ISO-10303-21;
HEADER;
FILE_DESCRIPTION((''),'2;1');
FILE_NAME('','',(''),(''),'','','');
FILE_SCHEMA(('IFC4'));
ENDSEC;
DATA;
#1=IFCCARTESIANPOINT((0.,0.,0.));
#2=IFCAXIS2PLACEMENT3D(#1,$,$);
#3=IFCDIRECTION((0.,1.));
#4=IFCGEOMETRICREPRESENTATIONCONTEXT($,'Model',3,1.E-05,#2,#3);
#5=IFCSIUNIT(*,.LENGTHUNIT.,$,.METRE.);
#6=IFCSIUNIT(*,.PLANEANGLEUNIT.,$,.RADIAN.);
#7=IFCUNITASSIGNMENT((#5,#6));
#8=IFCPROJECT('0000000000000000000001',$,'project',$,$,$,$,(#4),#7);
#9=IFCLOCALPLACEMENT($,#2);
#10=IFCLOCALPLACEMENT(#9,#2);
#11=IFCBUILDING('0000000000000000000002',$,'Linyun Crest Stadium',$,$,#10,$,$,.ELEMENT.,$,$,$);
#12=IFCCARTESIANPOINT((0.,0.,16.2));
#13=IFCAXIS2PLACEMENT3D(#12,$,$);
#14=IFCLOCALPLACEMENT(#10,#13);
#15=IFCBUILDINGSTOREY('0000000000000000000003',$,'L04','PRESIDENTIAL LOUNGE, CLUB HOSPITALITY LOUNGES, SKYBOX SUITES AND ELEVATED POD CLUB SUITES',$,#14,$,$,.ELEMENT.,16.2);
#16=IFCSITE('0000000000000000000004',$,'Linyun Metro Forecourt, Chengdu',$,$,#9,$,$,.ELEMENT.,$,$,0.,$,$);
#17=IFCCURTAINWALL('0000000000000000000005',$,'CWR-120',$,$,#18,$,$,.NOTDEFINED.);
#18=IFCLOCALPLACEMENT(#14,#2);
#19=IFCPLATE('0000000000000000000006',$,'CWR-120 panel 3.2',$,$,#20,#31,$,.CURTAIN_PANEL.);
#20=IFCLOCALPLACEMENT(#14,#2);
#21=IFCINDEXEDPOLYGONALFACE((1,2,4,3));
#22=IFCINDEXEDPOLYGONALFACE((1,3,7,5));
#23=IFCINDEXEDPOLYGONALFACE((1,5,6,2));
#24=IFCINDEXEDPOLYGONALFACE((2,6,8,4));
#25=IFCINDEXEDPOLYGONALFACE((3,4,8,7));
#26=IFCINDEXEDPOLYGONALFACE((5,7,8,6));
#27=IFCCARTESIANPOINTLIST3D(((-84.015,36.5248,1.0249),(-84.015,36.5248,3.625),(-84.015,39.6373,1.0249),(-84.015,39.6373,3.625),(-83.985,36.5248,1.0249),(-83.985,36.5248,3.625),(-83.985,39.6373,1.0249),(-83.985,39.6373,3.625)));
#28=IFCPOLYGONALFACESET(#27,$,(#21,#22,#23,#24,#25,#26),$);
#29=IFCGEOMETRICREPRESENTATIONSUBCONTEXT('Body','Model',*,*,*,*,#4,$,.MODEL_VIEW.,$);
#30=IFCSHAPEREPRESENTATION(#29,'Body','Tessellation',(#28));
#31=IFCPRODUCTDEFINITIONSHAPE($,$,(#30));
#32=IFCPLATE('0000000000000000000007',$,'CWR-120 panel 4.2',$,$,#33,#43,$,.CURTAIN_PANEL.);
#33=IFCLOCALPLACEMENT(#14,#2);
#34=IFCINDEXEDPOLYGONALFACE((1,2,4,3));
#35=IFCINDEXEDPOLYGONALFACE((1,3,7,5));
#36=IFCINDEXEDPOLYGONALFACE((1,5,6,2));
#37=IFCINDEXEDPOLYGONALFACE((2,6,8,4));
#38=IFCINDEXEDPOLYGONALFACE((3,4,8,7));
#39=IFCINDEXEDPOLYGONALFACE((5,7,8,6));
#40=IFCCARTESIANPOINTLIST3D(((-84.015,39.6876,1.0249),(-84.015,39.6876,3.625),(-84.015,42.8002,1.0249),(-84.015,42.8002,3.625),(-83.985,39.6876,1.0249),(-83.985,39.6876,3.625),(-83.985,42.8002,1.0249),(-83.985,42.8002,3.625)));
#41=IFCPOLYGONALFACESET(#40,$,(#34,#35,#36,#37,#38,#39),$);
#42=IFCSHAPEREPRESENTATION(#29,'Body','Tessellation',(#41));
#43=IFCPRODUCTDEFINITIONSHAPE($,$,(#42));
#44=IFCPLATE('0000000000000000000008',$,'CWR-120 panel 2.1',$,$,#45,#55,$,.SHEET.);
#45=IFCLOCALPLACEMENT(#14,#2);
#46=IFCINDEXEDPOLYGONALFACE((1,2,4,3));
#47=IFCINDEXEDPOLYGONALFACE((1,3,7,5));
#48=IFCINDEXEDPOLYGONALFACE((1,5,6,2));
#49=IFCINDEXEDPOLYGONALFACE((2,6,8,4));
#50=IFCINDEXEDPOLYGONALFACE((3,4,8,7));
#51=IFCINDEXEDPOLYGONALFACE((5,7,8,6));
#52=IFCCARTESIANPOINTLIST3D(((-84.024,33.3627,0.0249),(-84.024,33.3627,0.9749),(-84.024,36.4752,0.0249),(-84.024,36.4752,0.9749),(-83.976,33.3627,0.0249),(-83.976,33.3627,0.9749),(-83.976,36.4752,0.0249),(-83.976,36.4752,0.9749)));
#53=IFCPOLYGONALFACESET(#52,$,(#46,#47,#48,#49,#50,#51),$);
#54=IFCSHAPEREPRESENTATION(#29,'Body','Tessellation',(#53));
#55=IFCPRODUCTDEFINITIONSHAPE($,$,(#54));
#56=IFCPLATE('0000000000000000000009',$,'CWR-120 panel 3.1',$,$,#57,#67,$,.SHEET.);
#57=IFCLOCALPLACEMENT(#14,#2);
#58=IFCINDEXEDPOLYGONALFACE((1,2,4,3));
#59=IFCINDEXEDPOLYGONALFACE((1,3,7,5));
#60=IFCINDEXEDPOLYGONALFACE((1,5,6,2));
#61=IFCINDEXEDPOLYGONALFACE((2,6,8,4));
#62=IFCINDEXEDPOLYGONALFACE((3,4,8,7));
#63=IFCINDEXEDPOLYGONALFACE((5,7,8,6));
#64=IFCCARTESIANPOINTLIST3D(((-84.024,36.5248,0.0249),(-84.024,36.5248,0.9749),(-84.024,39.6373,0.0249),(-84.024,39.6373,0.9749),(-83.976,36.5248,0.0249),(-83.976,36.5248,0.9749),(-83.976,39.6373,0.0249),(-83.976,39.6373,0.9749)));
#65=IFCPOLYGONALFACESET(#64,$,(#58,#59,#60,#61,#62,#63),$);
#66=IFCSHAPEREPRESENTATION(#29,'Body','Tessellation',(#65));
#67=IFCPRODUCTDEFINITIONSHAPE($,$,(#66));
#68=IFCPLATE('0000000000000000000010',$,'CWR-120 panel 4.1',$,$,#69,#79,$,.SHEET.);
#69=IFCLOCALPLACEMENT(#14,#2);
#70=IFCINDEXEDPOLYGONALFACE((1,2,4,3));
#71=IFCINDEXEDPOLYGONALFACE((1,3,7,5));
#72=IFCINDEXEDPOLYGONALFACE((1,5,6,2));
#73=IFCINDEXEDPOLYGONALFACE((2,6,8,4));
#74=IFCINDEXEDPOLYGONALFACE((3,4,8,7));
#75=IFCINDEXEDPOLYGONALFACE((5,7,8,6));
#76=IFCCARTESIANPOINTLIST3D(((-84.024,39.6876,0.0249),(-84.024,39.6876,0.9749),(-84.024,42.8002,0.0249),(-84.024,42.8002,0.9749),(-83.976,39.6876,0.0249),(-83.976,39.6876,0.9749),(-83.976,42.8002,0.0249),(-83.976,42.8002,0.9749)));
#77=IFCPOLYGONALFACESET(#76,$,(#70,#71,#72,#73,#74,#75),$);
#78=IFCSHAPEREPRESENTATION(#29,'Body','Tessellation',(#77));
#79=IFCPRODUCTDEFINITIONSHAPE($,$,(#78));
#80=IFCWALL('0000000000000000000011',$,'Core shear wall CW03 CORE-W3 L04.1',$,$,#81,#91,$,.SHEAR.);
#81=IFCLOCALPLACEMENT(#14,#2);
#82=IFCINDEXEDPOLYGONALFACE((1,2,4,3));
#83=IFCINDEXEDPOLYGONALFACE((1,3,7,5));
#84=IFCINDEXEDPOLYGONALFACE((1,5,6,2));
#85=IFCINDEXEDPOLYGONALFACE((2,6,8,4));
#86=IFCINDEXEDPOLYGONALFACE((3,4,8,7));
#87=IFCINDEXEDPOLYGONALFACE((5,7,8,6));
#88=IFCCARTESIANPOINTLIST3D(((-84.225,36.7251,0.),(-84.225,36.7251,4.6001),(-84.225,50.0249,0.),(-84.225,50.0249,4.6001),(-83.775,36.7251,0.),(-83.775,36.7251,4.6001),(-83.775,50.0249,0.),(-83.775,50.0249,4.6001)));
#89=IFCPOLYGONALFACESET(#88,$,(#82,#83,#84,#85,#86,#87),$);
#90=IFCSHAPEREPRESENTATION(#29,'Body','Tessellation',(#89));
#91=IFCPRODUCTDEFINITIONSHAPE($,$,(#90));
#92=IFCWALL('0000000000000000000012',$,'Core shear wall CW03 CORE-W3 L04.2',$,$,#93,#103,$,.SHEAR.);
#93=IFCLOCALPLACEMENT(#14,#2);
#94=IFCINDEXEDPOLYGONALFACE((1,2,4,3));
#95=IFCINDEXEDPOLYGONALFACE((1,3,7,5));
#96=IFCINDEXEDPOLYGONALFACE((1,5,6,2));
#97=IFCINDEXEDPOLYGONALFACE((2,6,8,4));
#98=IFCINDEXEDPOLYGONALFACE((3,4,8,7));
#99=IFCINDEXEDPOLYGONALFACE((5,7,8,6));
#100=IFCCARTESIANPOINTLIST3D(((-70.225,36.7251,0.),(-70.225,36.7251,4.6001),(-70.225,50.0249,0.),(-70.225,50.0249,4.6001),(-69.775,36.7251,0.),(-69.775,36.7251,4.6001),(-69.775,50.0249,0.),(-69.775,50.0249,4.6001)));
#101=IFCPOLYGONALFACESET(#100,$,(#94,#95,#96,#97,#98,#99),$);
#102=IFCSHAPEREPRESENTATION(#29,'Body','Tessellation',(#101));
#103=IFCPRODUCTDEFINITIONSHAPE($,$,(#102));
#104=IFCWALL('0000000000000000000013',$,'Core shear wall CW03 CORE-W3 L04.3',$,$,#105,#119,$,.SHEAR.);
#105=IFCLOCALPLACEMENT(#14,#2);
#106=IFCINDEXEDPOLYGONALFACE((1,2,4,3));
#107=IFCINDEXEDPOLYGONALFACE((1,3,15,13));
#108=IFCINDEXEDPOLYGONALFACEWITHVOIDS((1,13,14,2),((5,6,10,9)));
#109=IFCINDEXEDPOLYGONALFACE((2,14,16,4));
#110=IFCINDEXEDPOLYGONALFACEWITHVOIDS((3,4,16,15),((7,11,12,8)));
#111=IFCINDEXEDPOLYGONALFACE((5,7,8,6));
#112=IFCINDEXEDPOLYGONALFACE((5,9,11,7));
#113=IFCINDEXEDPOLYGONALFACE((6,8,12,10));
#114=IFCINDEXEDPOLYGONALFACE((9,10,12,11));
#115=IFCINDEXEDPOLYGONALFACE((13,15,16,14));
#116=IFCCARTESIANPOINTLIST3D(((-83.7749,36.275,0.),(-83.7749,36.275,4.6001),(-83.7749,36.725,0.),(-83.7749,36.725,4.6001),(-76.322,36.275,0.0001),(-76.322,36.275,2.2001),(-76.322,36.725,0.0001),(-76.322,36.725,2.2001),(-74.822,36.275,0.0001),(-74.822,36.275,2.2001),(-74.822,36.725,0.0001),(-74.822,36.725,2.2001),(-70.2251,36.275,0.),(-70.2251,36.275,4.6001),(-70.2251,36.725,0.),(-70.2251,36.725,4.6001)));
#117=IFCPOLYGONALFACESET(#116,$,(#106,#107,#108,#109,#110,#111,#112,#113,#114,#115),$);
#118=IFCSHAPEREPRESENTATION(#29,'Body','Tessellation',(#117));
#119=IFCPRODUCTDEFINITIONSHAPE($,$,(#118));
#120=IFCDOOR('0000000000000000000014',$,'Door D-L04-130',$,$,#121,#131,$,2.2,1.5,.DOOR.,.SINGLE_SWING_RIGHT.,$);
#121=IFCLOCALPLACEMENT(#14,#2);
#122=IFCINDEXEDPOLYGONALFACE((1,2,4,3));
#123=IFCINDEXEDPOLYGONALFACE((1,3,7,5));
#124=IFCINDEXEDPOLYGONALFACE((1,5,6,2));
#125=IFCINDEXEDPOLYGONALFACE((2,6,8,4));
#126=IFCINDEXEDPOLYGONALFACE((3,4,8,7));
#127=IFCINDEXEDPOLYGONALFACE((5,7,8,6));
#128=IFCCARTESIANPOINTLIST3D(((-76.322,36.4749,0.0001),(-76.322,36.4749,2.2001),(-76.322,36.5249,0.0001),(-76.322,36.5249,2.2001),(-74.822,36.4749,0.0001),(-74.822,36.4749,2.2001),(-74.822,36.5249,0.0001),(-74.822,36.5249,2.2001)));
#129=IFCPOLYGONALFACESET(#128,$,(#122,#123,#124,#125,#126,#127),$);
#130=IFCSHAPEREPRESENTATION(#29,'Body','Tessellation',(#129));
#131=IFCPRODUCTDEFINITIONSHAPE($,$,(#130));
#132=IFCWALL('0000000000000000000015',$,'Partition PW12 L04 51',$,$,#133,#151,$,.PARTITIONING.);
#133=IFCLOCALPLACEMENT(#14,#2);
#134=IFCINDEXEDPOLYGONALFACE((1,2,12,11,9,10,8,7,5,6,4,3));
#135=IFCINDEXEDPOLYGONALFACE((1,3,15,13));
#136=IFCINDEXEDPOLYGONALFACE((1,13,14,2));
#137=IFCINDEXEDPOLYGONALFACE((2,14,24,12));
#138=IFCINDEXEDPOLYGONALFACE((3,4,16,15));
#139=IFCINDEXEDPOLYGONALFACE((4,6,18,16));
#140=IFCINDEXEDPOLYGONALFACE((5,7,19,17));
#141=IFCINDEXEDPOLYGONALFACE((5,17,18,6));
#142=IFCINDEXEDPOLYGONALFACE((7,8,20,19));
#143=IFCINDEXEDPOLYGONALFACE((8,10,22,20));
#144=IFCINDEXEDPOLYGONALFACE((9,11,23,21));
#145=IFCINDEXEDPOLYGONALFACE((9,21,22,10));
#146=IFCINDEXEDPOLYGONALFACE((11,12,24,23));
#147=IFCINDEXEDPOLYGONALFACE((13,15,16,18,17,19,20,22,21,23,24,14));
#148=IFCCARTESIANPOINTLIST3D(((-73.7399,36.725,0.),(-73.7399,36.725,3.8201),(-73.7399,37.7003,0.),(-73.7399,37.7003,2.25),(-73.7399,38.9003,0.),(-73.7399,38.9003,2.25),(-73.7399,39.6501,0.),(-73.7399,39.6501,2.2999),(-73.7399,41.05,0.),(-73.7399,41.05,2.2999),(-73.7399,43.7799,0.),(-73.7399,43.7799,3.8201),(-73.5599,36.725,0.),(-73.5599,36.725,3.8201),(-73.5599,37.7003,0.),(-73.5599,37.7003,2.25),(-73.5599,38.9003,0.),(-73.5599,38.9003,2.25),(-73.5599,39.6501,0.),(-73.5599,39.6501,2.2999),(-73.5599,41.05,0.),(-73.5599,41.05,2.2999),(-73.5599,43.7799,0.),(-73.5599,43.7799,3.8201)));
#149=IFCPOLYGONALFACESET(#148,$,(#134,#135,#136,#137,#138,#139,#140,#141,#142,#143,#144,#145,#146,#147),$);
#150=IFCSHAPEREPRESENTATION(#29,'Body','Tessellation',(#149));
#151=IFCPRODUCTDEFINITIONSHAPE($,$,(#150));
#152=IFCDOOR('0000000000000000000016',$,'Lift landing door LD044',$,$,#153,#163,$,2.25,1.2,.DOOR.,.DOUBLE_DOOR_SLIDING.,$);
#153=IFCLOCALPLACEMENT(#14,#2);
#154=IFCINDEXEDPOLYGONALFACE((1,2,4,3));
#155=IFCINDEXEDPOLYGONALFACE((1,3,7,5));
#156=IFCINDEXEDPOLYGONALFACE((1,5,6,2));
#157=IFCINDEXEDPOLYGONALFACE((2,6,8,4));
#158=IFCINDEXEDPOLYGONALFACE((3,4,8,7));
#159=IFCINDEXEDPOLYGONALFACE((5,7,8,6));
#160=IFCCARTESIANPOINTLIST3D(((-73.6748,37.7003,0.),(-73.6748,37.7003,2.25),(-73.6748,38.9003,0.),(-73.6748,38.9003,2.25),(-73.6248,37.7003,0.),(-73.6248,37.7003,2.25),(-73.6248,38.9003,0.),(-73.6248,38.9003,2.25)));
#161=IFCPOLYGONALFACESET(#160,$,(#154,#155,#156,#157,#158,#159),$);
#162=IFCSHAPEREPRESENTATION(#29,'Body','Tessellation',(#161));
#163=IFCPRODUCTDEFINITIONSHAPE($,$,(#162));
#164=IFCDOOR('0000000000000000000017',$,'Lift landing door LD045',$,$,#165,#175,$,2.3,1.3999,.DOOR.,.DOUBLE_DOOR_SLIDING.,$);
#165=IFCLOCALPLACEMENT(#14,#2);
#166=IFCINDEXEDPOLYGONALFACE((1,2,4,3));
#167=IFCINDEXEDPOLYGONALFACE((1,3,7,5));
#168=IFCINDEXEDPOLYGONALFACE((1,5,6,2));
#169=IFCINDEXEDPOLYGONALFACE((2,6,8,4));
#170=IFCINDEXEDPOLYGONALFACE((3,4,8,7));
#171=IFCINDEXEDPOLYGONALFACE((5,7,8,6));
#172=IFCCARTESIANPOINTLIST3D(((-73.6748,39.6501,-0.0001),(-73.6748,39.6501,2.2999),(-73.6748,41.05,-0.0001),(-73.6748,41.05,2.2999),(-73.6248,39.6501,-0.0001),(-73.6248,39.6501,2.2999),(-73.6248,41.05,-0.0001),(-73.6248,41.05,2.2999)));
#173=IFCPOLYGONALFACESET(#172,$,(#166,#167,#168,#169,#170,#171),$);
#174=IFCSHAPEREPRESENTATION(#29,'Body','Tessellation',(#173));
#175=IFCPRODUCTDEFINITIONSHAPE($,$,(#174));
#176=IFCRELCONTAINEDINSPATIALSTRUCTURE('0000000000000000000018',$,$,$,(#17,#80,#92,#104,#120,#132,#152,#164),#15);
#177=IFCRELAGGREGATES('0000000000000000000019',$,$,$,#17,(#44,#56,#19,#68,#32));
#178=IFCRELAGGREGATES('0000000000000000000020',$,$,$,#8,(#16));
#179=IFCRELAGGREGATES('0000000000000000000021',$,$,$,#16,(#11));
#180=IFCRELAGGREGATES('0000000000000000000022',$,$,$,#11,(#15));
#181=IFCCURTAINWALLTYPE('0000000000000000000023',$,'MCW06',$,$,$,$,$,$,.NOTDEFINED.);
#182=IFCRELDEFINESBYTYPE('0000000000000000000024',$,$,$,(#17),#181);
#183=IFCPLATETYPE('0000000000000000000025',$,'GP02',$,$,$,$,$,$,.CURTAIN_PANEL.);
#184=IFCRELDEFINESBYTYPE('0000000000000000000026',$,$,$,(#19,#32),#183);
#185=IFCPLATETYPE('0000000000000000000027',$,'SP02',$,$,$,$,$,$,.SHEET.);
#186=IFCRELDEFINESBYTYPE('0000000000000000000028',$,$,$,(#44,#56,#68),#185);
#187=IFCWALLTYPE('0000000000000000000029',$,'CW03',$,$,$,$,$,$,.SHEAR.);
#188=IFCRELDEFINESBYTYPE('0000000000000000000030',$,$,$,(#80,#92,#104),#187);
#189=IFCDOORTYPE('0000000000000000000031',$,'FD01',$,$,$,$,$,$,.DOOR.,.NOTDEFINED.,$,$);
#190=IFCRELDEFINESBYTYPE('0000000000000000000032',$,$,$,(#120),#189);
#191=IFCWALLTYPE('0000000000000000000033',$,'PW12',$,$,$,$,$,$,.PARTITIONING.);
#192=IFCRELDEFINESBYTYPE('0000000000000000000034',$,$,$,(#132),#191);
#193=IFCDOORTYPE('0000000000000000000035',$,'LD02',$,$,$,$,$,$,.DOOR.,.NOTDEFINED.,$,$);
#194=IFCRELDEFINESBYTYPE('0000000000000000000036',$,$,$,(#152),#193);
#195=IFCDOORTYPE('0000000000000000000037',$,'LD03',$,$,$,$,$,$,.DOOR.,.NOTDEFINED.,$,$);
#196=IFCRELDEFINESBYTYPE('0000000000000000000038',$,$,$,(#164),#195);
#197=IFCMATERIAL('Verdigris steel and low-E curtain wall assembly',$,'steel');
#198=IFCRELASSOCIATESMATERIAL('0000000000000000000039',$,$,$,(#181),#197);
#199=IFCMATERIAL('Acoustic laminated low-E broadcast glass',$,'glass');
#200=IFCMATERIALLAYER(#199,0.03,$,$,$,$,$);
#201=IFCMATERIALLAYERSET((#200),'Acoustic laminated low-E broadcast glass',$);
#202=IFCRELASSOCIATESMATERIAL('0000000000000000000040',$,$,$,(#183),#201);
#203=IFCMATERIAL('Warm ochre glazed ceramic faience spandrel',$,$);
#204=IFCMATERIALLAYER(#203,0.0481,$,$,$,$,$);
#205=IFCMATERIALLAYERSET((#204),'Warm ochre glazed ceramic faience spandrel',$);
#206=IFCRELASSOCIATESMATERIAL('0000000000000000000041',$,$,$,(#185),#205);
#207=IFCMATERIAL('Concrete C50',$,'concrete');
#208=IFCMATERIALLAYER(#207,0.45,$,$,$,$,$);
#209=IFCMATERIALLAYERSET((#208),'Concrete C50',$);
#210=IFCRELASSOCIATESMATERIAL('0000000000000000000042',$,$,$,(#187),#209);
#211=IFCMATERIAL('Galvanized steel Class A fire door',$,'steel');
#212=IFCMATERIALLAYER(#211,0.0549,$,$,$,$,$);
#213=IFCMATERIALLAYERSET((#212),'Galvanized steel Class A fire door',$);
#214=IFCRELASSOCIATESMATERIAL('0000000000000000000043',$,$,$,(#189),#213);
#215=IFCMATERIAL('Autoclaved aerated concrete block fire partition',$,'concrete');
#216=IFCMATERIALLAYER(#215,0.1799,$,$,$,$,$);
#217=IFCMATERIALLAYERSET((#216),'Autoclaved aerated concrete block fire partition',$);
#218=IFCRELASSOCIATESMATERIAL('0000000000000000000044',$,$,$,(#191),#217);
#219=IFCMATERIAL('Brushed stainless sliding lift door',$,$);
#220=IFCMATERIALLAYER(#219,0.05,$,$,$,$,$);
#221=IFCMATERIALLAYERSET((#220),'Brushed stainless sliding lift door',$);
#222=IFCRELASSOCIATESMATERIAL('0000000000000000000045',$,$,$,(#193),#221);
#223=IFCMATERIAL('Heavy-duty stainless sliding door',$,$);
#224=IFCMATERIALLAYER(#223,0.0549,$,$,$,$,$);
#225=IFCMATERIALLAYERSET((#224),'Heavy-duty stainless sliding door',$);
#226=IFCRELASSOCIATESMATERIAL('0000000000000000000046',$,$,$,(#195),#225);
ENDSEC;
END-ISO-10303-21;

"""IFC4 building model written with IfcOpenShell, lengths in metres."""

from ifc_helpers import new_model, si_unit, direction, frame, frame_2d, origin, origin_2d, place, context, subcontext, project, spatial, rectangle, extrude, material, layer, layer_set, type_object, element, fill, aggregate, save


model = new_model("IFC4")

# Units and contexts
model_context = context("Model", 3, precision=1e-05, world=origin(), true_north=direction((0.0, 1.0)))
body_context = subcontext(model_context, "Body", "Model", "MODEL_VIEW")
ifc_project = project(units=[si_unit("LENGTHUNIT", "METRE"), si_unit("PLANEANGLEUNIT", "RADIAN")], contexts=[model_context])

# Site, building, storey
site_placement = place(None, origin())
site = spatial("IfcSite", under=ifc_project, at=site_placement, Name="Linyun Metro Forecourt, Chengdu", CompositionType="ELEMENT", RefElevation=0.0)
building_placement = place(site_placement, origin())
building = spatial("IfcBuilding", under=site, at=building_placement, Name="Linyun Crest Stadium", CompositionType="ELEMENT")
storey_placement = place(building_placement, frame((0.0, 0.0, 16.2)))
storey = spatial("IfcBuildingStorey", under=building, at=storey_placement, Name="L04", Description="PRESIDENTIAL LOUNGE, CLUB HOSPITALITY LOUNGES, SKYBOX SUITES AND ELEVATED POD CLUB SUITES", CompositionType="ELEMENT", Elevation=16.2)

# Curtain wall, plates
ifc_material_1 = material(Name="Verdigris steel and low-E curtain wall assembly", Category="steel")
curtain_wall_type = type_object("IfcCurtainWallType", Name="MCW06", PredefinedType="NOTDEFINED", material=ifc_material_1)
curtain_wall_placement = place(storey_placement, origin())
curtain_wall = element("IfcCurtainWall", 1, at=curtain_wall_placement, inside=storey, type_object=curtain_wall_type, Name="CWR-120", PredefinedType="NOTDEFINED")
ifc_material_2 = material(Name="Acoustic laminated low-E broadcast glass", Category="glass")
ifc_layer_1 = layer(ifc_material_2, 0.03)
ifc_layer_set_1 = layer_set([ifc_layer_1], Name="Acoustic laminated low-E broadcast glass")
plate_type_1 = type_object("IfcPlateType", Name="GP02", PredefinedType="CURTAIN_PANEL", material=ifc_layer_set_1)
plate_1_placement = place(storey_placement, frame((-84.0, 38.0811, 1.0249), z_axis=(0.0, 0.0, 1.0), x_axis=(0.0, 1.0, 0.0)))
plate_1 = element("IfcPlate", 2, at=plate_1_placement, type_object=plate_type_1, Name="CWR-120 panel 3.2", PredefinedType="CURTAIN_PANEL", context=body_context, shape_type="SweptSolid", body=[
    extrude(rectangle(XDim=3.1125, YDim=0.03, at=origin_2d()), origin(), (0.0, 0.0, 1.0), 2.6001),
])
plate_2_placement = place(storey_placement, frame((-84.0, 41.2439, 1.0249), z_axis=(0.0, 0.0, 1.0), x_axis=(0.0, 1.0, 0.0)))
plate_2 = element("IfcPlate", 3, at=plate_2_placement, type_object=plate_type_1, Name="CWR-120 panel 4.2", PredefinedType="CURTAIN_PANEL", context=body_context, shape_type="SweptSolid", body=[
    extrude(rectangle(XDim=3.1125, YDim=0.03, at=origin_2d()), origin(), (0.0, 0.0, 1.0), 2.6001),
])
ifc_material_3 = material(Name="Warm ochre glazed ceramic faience spandrel")
ifc_layer_2 = layer(ifc_material_3, 0.0481)
ifc_layer_set_2 = layer_set([ifc_layer_2], Name="Warm ochre glazed ceramic faience spandrel")
plate_type_2 = type_object("IfcPlateType", Name="SP02", PredefinedType="SHEET", material=ifc_layer_set_2)
plate_3_placement = place(storey_placement, frame((-84.0, 34.9189, 0.0249), z_axis=(0.0, 0.0, 1.0), x_axis=(0.0, 1.0, 0.0)))
plate_3 = element("IfcPlate", 4, at=plate_3_placement, type_object=plate_type_2, Name="CWR-120 panel 2.1", PredefinedType="SHEET", context=body_context, shape_type="SweptSolid", body=[
    extrude(rectangle(XDim=3.1125, YDim=0.0481, at=origin_2d()), origin(), (0.0, 0.0, 1.0), 0.95),
])
plate_4_placement = place(storey_placement, frame((-84.0, 38.0811, 0.0249), z_axis=(0.0, 0.0, 1.0), x_axis=(0.0, 1.0, 0.0)))
plate_4 = element("IfcPlate", 5, at=plate_4_placement, type_object=plate_type_2, Name="CWR-120 panel 3.1", PredefinedType="SHEET", context=body_context, shape_type="SweptSolid", body=[
    extrude(rectangle(XDim=3.1125, YDim=0.0481, at=origin_2d()), origin(), (0.0, 0.0, 1.0), 0.95),
])
plate_5_placement = place(storey_placement, frame((-84.0, 41.2439, 0.0249), z_axis=(0.0, 0.0, 1.0), x_axis=(0.0, 1.0, 0.0)))
plate_5 = element("IfcPlate", 6, at=plate_5_placement, type_object=plate_type_2, Name="CWR-120 panel 4.1", PredefinedType="SHEET", context=body_context, shape_type="SweptSolid", body=[
    extrude(rectangle(XDim=3.1125, YDim=0.0481, at=origin_2d()), origin(), (0.0, 0.0, 1.0), 0.95),
])
aggregate(curtain_wall, [plate_3, plate_4, plate_1, plate_5, plate_2])

# Walls
ifc_material_4 = material(Name="Concrete C50", Category="concrete")
ifc_layer_3 = layer(ifc_material_4, 0.45)
ifc_layer_set_3 = layer_set([ifc_layer_3], Name="Concrete C50")
wall_type_1 = type_object("IfcWallType", Name="CW03", PredefinedType="SHEAR", material=ifc_layer_set_3)
for number, where, z_axis, x_axis, name in (
    (7, (-84.0, 36.7251, 0.0), (0.0, 0.0, 1.0), (0.0, 1.0, 0.0), "Core shear wall CW03 CORE-W3 L04.1"),
    (8, (-70.0, 36.7251, 0.0), (0.0, 0.0, 1.0), (0.0, 1.0, 0.0), "Core shear wall CW03 CORE-W3 L04.2"),
):
    element("IfcWall", number, at=place(storey_placement, frame(where, z_axis=z_axis, x_axis=x_axis)), inside=storey, type_object=wall_type_1, Name=name, PredefinedType="SHEAR", context=body_context, shape_type="SweptSolid", body=[
        extrude(rectangle(XDim=13.2998, YDim=0.45, at=frame_2d((6.6499, 0.0))), origin(), (0.0, 0.0, 1.0), 4.6001),
    ])

# Wall, opening, door
wall_1_placement = place(storey_placement, frame((-83.7749, 36.5, 0.0), z_axis=(0.0, 0.0, 1.0), x_axis=(1.0, 0.0, 0.0)))
wall_1 = element("IfcWall", 9, at=wall_1_placement, inside=storey, type_object=wall_type_1, Name="Core shear wall CW03 CORE-W3 L04.3", PredefinedType="SHEAR", context=body_context, shape_type="SweptSolid", body=[
    extrude(rectangle(XDim=13.5498, YDim=0.45, at=frame_2d((6.7749, 0.0))), origin(), (0.0, 0.0, 1.0), 4.6001),
])
opening_1_placement = place(wall_1_placement, frame((7.4529, 0.0, 0.0)))
opening_1 = element("IfcOpeningElement", 10, at=opening_1_placement, cuts=wall_1, PredefinedType="OPENING", context=body_context, shape_type="SweptSolid", body=[
    extrude(rectangle(XDim=1.5, YDim=2.2, at=frame_2d((0.75, 1.1001))), frame((0.0, 0.2349, 0.0), z_axis=(0.0, -1.0, 0.0), x_axis=(1.0, 0.0, 0.0)), (0.0, 0.0, 1.0), 0.47),
])
ifc_material_5 = material(Name="Galvanized steel Class A fire door", Category="steel")
ifc_layer_4 = layer(ifc_material_5, 0.0549)
ifc_layer_set_4 = layer_set([ifc_layer_4], Name="Galvanized steel Class A fire door")
door_type_1 = type_object("IfcDoorType", Name="FD01", OperationType="NOTDEFINED", PredefinedType="DOOR", material=ifc_layer_set_4)
door_1_placement = place(opening_1_placement, origin())
door_1 = element("IfcDoor", 11, at=door_1_placement, inside=storey, type_object=door_type_1, Name="Door D-L04-130", OperationType="SINGLE_SWING_RIGHT", OverallHeight=2.2, OverallWidth=1.5, PredefinedType="DOOR", context=body_context, shape_type="SweptSolid", body=[
    extrude(rectangle(XDim=1.5, YDim=2.2, at=frame_2d((0.75, 1.1001))), frame((0.0, 0.0249, 0.0), z_axis=(0.0, -1.0, 0.0), x_axis=(1.0, 0.0, 0.0)), (0.0, 0.0, 1.0), 0.05),
])
fill(opening_1, door_1)

# Wall, openings, doors
ifc_material_6 = material(Name="Autoclaved aerated concrete block fire partition", Category="concrete")
ifc_layer_5 = layer(ifc_material_6, 0.1799)
ifc_layer_set_5 = layer_set([ifc_layer_5], Name="Autoclaved aerated concrete block fire partition")
wall_type_2 = type_object("IfcWallType", Name="PW12", PredefinedType="PARTITIONING", material=ifc_layer_set_5)
wall_2_placement = place(storey_placement, frame((-73.6499, 36.7251, 0.0), z_axis=(0.0, 0.0, 1.0), x_axis=(0.0, 1.0, 0.0)))
wall_2 = element("IfcWall", 12, at=wall_2_placement, inside=storey, type_object=wall_type_2, Name="Partition PW12 L04 51", PredefinedType="PARTITIONING", context=body_context, shape_type="SweptSolid", body=[
    extrude(rectangle(XDim=7.0549, YDim=0.1799, at=frame_2d((3.5273, 0.0))), origin(), (0.0, 0.0, 1.0), 3.8201),
])
opening_2_placement = place(wall_2_placement, frame((0.9751, 0.0, 0.0)))
opening_2 = element("IfcOpeningElement", 13, at=opening_2_placement, cuts=wall_2, PredefinedType="OPENING", context=body_context, shape_type="SweptSolid", body=[
    extrude(rectangle(XDim=1.2, YDim=2.25, at=frame_2d((0.6001, 1.125))), frame((0.0, 0.0999, 0.0), z_axis=(0.0, -1.0, 0.0), x_axis=(1.0, 0.0, 0.0)), (0.0, 0.0, 1.0), 0.2),
])
opening_3_placement = place(wall_2_placement, frame((2.925, 0.0, 0.0)))
opening_3 = element("IfcOpeningElement", 14, at=opening_3_placement, cuts=wall_2, PredefinedType="OPENING", context=body_context, shape_type="SweptSolid", body=[
    extrude(rectangle(XDim=1.3999, YDim=2.3, at=frame_2d((0.7, 1.1499))), frame((0.0, 0.0999, 0.0), z_axis=(0.0, -1.0, 0.0), x_axis=(1.0, 0.0, 0.0)), (0.0, 0.0, 1.0), 0.2),
])
ifc_material_7 = material(Name="Brushed stainless sliding lift door")
ifc_layer_6 = layer(ifc_material_7, 0.05)
ifc_layer_set_6 = layer_set([ifc_layer_6], Name="Brushed stainless sliding lift door")
door_type_2 = type_object("IfcDoorType", Name="LD02", OperationType="NOTDEFINED", PredefinedType="DOOR", material=ifc_layer_set_6)
door_2_placement = place(opening_2_placement, origin())
door_2 = element("IfcDoor", 15, at=door_2_placement, inside=storey, type_object=door_type_2, Name="Lift landing door LD044", OperationType="DOUBLE_DOOR_SLIDING", OverallHeight=2.25, OverallWidth=1.2, PredefinedType="DOOR", context=body_context, shape_type="SweptSolid", body=[
    extrude(rectangle(XDim=1.2, YDim=2.25, at=frame_2d((0.6001, 1.125))), frame((0.0, 0.0249, 0.0), z_axis=(0.0, -1.0, 0.0), x_axis=(1.0, 0.0, 0.0)), (0.0, 0.0, 1.0), 0.05),
])
fill(opening_2, door_2)
ifc_material_8 = material(Name="Heavy-duty stainless sliding door")
ifc_layer_7 = layer(ifc_material_8, 0.0549)
ifc_layer_set_7 = layer_set([ifc_layer_7], Name="Heavy-duty stainless sliding door")
door_type_3 = type_object("IfcDoorType", Name="LD03", OperationType="NOTDEFINED", PredefinedType="DOOR", material=ifc_layer_set_7)
door_3_placement = place(opening_3_placement, origin())
door_3 = element("IfcDoor", 16, at=door_3_placement, inside=storey, type_object=door_type_3, Name="Lift landing door LD045", OperationType="DOUBLE_DOOR_SLIDING", OverallHeight=2.3, OverallWidth=1.3999, PredefinedType="DOOR", context=body_context, shape_type="SweptSolid", body=[
    extrude(rectangle(XDim=1.3999, YDim=2.3, at=frame_2d((0.7, 1.1499))), frame((0.0, 0.0249, 0.0), z_axis=(0.0, -1.0, 0.0), x_axis=(1.0, 0.0, 0.0)), (0.0, 0.0, 1.0), 0.05),
])
fill(opening_3, door_3)

save(model, "model.ifc")
